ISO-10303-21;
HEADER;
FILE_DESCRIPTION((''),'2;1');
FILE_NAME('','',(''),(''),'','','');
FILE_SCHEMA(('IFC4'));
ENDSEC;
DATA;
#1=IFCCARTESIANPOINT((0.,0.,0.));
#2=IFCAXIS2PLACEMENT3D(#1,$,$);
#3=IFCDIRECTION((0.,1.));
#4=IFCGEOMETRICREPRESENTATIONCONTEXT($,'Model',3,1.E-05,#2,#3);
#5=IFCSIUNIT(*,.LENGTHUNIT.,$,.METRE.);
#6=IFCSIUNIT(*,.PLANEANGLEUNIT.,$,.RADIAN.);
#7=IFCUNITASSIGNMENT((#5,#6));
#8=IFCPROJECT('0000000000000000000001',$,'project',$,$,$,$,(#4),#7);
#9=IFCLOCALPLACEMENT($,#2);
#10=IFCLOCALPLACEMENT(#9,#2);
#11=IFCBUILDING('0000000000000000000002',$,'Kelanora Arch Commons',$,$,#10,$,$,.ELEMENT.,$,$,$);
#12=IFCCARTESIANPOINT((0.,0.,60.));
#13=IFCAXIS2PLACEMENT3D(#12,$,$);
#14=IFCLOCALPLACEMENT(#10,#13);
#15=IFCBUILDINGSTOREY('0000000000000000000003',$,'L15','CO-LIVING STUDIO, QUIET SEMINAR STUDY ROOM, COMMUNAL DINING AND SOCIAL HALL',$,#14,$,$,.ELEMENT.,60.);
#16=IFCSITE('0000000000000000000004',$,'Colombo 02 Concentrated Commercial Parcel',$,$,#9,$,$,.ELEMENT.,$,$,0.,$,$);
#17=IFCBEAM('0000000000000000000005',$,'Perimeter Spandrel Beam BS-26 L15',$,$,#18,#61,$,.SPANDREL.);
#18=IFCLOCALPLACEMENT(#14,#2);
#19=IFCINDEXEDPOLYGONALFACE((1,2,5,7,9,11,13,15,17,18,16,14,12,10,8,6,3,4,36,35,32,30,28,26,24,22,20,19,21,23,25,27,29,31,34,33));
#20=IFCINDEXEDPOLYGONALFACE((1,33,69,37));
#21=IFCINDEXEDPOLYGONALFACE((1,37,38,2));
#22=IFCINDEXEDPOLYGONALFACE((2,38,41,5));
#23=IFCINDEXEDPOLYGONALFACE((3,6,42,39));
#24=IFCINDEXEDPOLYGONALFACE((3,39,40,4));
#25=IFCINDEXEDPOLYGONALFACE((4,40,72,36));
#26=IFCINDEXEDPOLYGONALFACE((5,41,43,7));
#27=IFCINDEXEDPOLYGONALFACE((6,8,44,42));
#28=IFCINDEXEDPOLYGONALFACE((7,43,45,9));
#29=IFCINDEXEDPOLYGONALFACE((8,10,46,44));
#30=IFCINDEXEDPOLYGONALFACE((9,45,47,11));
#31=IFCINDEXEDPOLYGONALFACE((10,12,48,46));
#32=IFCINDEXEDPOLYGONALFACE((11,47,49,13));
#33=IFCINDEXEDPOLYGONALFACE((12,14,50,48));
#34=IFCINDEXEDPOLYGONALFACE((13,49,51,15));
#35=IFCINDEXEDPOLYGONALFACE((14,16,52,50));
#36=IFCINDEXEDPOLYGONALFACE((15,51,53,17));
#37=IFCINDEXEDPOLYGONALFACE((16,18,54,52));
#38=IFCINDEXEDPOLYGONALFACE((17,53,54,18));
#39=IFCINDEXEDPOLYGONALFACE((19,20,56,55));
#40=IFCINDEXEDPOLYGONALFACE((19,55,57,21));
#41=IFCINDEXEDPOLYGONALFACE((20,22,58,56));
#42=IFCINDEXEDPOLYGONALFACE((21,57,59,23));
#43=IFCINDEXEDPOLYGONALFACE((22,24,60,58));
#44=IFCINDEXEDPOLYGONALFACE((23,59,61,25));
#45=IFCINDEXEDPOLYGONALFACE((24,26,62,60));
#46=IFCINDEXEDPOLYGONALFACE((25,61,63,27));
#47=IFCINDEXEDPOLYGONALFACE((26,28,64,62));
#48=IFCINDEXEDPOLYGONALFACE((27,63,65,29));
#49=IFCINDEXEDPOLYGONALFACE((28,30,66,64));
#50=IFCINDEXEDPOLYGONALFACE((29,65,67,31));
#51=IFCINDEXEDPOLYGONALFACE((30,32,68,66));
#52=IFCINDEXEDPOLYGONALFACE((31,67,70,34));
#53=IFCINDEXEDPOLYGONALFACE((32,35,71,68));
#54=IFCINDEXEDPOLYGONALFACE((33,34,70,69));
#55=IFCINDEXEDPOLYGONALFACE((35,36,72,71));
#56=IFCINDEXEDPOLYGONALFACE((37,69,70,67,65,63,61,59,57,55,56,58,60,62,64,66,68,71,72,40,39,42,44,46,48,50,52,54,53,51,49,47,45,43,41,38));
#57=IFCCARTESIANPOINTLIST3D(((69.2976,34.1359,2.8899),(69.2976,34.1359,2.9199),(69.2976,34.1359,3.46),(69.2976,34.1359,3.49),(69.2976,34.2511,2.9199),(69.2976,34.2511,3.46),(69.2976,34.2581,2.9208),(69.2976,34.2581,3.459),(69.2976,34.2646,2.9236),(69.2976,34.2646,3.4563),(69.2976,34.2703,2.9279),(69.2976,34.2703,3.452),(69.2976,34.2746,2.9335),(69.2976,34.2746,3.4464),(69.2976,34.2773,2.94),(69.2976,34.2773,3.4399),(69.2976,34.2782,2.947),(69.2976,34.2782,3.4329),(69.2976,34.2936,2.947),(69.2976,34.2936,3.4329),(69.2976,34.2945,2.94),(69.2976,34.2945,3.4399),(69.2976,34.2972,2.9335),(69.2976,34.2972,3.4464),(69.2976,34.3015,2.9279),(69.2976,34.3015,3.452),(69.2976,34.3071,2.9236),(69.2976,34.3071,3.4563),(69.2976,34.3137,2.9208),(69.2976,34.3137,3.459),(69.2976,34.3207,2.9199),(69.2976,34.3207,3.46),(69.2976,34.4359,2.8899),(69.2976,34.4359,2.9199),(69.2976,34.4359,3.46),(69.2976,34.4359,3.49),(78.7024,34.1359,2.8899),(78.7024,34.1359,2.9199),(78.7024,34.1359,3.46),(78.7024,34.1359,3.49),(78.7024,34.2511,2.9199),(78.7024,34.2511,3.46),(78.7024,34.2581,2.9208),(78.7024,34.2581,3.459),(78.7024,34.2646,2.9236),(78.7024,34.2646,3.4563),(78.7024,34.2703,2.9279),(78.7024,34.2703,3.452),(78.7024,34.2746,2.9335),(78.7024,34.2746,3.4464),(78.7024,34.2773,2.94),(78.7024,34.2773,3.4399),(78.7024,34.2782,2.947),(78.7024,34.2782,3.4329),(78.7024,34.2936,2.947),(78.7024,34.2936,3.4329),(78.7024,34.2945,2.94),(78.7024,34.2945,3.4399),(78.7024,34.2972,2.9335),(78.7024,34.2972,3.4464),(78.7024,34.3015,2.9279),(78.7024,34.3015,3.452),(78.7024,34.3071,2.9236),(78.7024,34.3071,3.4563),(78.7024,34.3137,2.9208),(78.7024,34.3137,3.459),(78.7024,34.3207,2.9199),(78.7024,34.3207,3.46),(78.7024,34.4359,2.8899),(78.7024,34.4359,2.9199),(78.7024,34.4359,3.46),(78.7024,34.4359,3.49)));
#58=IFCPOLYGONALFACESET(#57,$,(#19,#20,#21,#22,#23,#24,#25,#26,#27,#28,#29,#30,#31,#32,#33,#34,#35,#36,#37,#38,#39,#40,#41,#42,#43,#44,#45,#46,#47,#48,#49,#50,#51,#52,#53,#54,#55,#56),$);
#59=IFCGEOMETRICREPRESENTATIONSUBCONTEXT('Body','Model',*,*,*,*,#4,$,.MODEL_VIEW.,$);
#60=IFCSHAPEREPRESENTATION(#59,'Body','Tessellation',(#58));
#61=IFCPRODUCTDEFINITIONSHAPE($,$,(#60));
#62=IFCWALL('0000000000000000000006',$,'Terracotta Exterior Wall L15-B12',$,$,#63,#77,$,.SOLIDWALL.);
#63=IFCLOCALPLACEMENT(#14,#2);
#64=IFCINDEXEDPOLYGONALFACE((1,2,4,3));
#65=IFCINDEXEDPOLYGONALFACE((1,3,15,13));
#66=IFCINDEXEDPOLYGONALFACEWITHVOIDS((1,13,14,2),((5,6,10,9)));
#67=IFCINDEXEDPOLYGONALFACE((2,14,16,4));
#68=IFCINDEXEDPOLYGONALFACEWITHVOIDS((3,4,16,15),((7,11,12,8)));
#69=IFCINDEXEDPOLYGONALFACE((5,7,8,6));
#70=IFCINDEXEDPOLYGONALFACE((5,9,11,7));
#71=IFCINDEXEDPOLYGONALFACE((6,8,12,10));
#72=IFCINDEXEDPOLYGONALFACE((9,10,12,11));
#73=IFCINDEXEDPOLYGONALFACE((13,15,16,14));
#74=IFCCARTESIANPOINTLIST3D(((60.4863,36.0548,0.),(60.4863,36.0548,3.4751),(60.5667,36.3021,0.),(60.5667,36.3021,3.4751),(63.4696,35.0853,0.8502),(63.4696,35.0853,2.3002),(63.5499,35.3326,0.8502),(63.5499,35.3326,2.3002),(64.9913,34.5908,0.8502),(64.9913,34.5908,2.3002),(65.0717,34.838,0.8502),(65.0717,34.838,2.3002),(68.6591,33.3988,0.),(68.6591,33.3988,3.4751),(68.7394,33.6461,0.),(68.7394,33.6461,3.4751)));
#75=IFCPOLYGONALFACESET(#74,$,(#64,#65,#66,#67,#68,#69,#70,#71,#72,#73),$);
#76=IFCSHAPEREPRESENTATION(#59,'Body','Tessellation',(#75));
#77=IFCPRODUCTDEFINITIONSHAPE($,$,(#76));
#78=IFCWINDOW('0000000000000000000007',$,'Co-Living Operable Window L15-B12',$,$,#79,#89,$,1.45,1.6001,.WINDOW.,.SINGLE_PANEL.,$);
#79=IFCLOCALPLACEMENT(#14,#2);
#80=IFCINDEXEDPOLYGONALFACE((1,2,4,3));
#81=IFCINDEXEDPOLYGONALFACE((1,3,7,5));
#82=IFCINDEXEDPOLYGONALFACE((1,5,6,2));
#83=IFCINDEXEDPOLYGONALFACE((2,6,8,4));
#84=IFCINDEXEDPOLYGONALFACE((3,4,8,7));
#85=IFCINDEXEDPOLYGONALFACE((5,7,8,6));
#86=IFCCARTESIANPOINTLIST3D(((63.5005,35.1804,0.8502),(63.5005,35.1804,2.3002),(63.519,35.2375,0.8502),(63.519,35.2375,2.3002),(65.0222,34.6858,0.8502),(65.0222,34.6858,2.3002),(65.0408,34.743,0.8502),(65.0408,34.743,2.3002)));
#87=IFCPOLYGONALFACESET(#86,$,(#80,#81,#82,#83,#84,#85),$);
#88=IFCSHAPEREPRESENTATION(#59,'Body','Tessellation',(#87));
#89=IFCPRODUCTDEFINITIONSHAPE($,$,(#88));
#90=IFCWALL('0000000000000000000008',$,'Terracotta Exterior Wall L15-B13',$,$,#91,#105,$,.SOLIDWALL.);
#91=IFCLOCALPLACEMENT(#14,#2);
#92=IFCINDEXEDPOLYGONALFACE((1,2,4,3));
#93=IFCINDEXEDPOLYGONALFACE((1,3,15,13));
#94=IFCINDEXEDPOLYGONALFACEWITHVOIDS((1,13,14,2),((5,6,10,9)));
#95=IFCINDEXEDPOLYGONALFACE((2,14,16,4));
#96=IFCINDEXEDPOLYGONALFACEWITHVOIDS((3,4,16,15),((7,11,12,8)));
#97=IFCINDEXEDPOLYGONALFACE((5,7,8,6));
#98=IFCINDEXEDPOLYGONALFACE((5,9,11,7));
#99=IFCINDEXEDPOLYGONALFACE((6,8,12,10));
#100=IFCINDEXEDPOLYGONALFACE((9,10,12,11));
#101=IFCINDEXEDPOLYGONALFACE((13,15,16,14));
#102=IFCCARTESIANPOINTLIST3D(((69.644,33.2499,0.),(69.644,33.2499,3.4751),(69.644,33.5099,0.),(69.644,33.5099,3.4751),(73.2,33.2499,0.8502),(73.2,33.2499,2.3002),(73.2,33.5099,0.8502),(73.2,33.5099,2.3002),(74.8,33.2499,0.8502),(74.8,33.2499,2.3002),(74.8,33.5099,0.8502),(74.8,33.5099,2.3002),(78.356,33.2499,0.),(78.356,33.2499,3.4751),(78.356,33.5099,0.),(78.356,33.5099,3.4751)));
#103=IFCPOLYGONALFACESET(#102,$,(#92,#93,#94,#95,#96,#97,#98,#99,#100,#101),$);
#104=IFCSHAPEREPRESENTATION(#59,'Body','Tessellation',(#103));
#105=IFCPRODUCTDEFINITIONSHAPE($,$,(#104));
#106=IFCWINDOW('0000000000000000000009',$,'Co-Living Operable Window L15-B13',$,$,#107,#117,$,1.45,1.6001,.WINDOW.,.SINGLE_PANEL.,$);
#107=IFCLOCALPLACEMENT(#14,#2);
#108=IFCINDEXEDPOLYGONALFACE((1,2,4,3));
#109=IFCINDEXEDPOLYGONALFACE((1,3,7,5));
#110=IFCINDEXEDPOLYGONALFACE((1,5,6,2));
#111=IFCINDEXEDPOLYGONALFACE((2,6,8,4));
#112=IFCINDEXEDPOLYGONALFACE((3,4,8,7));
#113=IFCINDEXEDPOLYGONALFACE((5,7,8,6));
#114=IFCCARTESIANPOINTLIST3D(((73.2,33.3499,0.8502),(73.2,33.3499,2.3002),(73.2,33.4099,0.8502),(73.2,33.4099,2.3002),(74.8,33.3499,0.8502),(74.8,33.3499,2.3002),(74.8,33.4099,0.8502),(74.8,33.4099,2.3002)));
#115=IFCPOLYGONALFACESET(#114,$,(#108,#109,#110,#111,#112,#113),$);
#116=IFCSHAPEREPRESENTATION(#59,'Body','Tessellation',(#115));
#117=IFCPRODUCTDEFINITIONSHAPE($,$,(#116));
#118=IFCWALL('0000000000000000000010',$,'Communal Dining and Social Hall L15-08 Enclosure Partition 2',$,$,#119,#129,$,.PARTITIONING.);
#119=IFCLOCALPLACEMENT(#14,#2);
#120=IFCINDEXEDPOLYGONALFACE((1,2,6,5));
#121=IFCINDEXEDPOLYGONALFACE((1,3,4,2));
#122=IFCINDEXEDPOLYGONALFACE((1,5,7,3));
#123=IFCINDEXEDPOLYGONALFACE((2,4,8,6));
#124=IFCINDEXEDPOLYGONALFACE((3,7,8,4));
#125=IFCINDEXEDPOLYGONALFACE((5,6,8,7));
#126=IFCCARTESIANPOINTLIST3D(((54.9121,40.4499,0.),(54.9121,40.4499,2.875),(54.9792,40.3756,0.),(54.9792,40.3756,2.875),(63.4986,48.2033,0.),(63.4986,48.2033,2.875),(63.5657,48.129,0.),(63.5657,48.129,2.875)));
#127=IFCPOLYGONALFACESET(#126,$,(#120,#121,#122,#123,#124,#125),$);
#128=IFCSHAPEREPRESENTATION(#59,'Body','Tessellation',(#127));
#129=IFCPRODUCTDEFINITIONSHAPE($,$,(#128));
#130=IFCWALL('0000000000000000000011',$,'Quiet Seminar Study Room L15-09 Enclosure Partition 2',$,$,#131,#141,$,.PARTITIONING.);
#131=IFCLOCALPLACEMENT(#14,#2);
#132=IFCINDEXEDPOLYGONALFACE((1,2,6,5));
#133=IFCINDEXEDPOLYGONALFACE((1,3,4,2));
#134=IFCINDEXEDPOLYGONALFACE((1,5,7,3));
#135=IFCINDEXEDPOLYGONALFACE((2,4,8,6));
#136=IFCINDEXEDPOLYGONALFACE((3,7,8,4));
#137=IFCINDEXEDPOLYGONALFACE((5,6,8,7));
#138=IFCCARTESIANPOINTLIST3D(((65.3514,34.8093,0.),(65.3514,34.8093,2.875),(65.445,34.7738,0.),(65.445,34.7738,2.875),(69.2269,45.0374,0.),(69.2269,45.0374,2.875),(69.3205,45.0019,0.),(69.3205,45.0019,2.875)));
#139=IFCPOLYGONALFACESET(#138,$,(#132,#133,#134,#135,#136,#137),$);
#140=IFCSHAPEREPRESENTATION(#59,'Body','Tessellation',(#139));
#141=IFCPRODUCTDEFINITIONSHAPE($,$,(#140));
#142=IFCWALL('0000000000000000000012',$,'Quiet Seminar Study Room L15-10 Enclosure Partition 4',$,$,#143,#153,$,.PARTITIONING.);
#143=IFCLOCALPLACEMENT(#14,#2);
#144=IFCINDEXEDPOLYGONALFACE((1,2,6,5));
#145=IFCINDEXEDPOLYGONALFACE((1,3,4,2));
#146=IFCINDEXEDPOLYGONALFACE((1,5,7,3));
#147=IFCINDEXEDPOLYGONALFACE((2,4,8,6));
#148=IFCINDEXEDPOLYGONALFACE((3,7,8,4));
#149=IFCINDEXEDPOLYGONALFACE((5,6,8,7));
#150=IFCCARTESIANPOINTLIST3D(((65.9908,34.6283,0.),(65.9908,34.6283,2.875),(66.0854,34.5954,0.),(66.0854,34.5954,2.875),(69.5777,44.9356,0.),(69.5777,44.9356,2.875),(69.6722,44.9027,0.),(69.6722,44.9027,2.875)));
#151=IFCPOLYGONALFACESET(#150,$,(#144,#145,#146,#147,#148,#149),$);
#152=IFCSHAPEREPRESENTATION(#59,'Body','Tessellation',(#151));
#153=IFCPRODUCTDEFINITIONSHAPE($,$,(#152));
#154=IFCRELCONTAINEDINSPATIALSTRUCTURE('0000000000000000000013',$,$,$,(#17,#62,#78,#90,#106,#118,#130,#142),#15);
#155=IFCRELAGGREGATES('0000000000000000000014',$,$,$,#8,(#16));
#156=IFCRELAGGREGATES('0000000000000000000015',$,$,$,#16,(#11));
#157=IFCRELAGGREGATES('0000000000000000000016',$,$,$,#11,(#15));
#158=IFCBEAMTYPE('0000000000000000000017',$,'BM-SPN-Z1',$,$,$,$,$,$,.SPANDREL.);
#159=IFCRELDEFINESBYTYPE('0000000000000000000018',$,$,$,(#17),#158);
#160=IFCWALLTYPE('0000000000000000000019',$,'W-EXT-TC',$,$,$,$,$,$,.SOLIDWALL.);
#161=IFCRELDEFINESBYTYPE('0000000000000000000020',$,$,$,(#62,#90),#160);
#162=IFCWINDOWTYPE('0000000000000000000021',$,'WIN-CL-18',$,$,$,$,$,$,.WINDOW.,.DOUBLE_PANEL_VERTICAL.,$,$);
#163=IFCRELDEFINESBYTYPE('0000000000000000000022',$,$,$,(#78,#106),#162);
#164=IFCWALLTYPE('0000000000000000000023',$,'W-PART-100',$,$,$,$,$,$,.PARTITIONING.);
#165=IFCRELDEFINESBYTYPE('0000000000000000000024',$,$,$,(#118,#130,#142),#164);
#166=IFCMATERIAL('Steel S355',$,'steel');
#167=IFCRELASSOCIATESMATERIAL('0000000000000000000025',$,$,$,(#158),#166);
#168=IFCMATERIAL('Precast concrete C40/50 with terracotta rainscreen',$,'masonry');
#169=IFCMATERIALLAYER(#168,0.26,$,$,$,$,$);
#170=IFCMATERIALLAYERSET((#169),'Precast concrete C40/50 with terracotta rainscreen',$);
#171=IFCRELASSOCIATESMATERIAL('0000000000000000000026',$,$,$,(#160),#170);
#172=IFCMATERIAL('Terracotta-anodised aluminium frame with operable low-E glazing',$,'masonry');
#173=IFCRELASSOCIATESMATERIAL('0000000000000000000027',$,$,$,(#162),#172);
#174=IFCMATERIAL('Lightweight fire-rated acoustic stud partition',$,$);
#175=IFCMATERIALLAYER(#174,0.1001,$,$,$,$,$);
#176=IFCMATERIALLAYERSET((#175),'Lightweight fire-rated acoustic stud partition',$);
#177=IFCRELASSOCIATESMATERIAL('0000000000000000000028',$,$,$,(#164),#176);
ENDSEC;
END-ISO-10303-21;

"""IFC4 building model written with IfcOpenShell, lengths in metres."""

from ifc_helpers import new_model, si_unit, direction, frame, frame_2d, origin, origin_2d, place, context, subcontext, project, spatial, rectangle, i_section, extrude, material, layer, layer_set, material_profile, profile_set, type_object, element, fill, save


model = new_model("IFC4")

# Units and contexts
model_context = context("Model", 3, precision=1e-05, world=origin(), true_north=direction((0.0, 1.0)))
body_context = subcontext(model_context, "Body", "Model", "MODEL_VIEW")
ifc_project = project(units=[si_unit("LENGTHUNIT", "METRE"), si_unit("PLANEANGLEUNIT", "RADIAN")], contexts=[model_context])

# Site, building, storey
site_placement = place(None, origin())
site = spatial("IfcSite", under=ifc_project, at=site_placement, Name="Colombo 02 Concentrated Commercial Parcel", CompositionType="ELEMENT", RefElevation=0.0)
building_placement = place(site_placement, origin())
building = spatial("IfcBuilding", under=site, at=building_placement, Name="Kelanora Arch Commons", CompositionType="ELEMENT")
storey_placement = place(building_placement, frame((0.0, 0.0, 60.0)))
storey = spatial("IfcBuildingStorey", under=building, at=storey_placement, Name="L15", Description="CO-LIVING STUDIO, QUIET SEMINAR STUDY ROOM, COMMUNAL DINING AND SOCIAL HALL", CompositionType="ELEMENT", Elevation=60.0)

# Beam
ifc_material_1 = material(Name="Steel S355", Category="steel")
ifc_material_profile_1 = material_profile(ifc_material_1, i_section(OverallWidth=0.3, OverallDepth=0.6001, WebThickness=0.0154, FlangeThickness=0.03, FilletRadius=0.0271, at=origin_2d()), Name="HEB600")
ifc_profile_set_1 = profile_set([ifc_material_profile_1], Name="Steel S355")
beam_type_1 = type_object("IfcBeamType", Name="BM-SPN-Z1", PredefinedType="SPANDREL", material=ifc_profile_set_1)
beam_1_placement = place(storey_placement, frame((69.2976, 34.2859, 3.1899), z_axis=(1.0, 0.0, 0.0), x_axis=(0.0, 1.0, 0.0)))
element("IfcBeam", 1, at=beam_1_placement, inside=storey, type_object=beam_type_1, Name="Perimeter Spandrel Beam BS-26 L15", PredefinedType="SPANDREL", context=body_context, shape_type="SweptSolid", body=[
    extrude(i_section(OverallWidth=0.3, OverallDepth=0.6001, WebThickness=0.0154, FlangeThickness=0.03, FilletRadius=0.0271, at=origin_2d()), origin(), (0.0, 0.0, 1.0), 9.4048),
])

# Walls, openings, windows
ifc_material_2 = material(Name="Precast concrete C40/50 with terracotta rainscreen", Category="masonry")
ifc_layer_1 = layer(ifc_material_2, 0.26)
ifc_layer_set_1 = layer_set([ifc_layer_1], Name="Precast concrete C40/50 with terracotta rainscreen")
wall_type_1 = type_object("IfcWallType", Name="W-EXT-TC", PredefinedType="SOLIDWALL", material=ifc_layer_set_1)
wall_1_placement = place(storey_placement, frame((60.5264, 36.1785, 0.0), z_axis=(0.0, 0.0, 1.0), x_axis=(0.95104, -0.309068, 0.0)))
wall_1 = element("IfcWall", 2, at=wall_1_placement, inside=storey, type_object=wall_type_1, Name="Terracotta Exterior Wall L15-B12", PredefinedType="SOLIDWALL", context=body_context, shape_type="SweptSolid", body=[
    extrude(rectangle(XDim=8.5935, YDim=0.26, at=frame_2d((4.2969, 0.0))), origin(), (0.0, 0.0, 1.0), 3.4751),
])
opening_1_placement = place(wall_1_placement, frame((3.137, 0.0, 0.8501)))
opening_1 = element("IfcOpeningElement", 3, at=opening_1_placement, cuts=wall_1, PredefinedType="OPENING", context=body_context, shape_type="SweptSolid", body=[
    extrude(rectangle(XDim=1.6001, YDim=1.45, at=frame_2d((0.8, 0.7251))), frame((0.0, 0.1401, 0.0), z_axis=(0.0, -1.0, 0.0), x_axis=(1.0, 0.0, 0.0)), (0.0, 0.0, 1.0), 0.28),
])
ifc_material_3 = material(Name="Terracotta-anodised aluminium frame with operable low-E glazing", Category="masonry")
window_type = type_object("IfcWindowType", Name="WIN-CL-18", PartitioningType="DOUBLE_PANEL_VERTICAL", PredefinedType="WINDOW", material=ifc_material_3)
window_1_placement = place(opening_1_placement, origin())
window_1 = element("IfcWindow", 4, at=window_1_placement, inside=storey, type_object=window_type, Name="Co-Living Operable Window L15-B12", OverallHeight=1.45, OverallWidth=1.6001, PartitioningType="SINGLE_PANEL", PredefinedType="WINDOW", context=body_context, shape_type="SweptSolid", body=[
    extrude(rectangle(XDim=1.6001, YDim=1.45, at=frame_2d((0.8, 0.7251))), frame((0.0, 0.03, 0.0), z_axis=(0.0, -1.0, 0.0), x_axis=(1.0, 0.0, 0.0)), (0.0, 0.0, 1.0), 0.0601),
])
fill(opening_1, window_1)
wall_2_placement = place(storey_placement, frame((69.644, 33.3799, 0.0), z_axis=(0.0, 0.0, 1.0), x_axis=(1.0, 0.0, 0.0)))
wall_2 = element("IfcWall", 5, at=wall_2_placement, inside=storey, type_object=wall_type_1, Name="Terracotta Exterior Wall L15-B13", PredefinedType="SOLIDWALL", context=body_context, shape_type="SweptSolid", body=[
    extrude(rectangle(XDim=8.7119, YDim=0.26, at=frame_2d((4.356, 0.0))), origin(), (0.0, 0.0, 1.0), 3.4751),
])
opening_2_placement = place(wall_2_placement, frame((3.5559, 0.0, 0.8501)))
opening_2 = element("IfcOpeningElement", 6, at=opening_2_placement, cuts=wall_2, PredefinedType="OPENING", context=body_context, shape_type="SweptSolid", body=[
    extrude(rectangle(XDim=1.6001, YDim=1.45, at=frame_2d((0.8, 0.7251))), frame((0.0, 0.1401, 0.0), z_axis=(0.0, -1.0, 0.0), x_axis=(1.0, 0.0, 0.0)), (0.0, 0.0, 1.0), 0.28),
])
window_2_placement = place(opening_2_placement, origin())
window_2 = element("IfcWindow", 7, at=window_2_placement, inside=storey, type_object=window_type, Name="Co-Living Operable Window L15-B13", OverallHeight=1.45, OverallWidth=1.6001, PartitioningType="SINGLE_PANEL", PredefinedType="WINDOW", context=body_context, shape_type="SweptSolid", body=[
    extrude(rectangle(XDim=1.6001, YDim=1.45, at=frame_2d((0.8, 0.7251))), frame((0.0, 0.03, 0.0), z_axis=(0.0, -1.0, 0.0), x_axis=(1.0, 0.0, 0.0)), (0.0, 0.0, 1.0), 0.0601),
])
fill(opening_2, window_2)

# Walls
ifc_material_4 = material(Name="Lightweight fire-rated acoustic stud partition")
ifc_layer_2 = layer(ifc_material_4, 0.1001)
ifc_layer_set_2 = layer_set([ifc_layer_2], Name="Lightweight fire-rated acoustic stud partition")
wall_type_2 = type_object("IfcWallType", Name="W-PART-100", PredefinedType="PARTITIONING", material=ifc_layer_set_2)
wall_3_placement = place(storey_placement, frame((63.5322, 48.1663, 0.0), z_axis=(0.0, 0.0, 1.0), x_axis=(-0.742191, -0.670188, 0.0)))
element("IfcWall", 8, at=wall_3_placement, inside=storey, type_object=wall_type_2, Name="Communal Dining and Social Hall L15-08 Enclosure Partition 2", PredefinedType="PARTITIONING", context=body_context, shape_type="SweptSolid", body=[
    extrude(rectangle(XDim=11.5691, YDim=0.1001, at=frame_2d((5.7847, 0.0))), origin(), (0.0, 0.0, 1.0), 2.875),
])
wall_4_placement = place(storey_placement, frame((69.2737, 45.0195, 0.0), z_axis=(0.0, 0.0, 1.0), x_axis=(-0.354326, -0.935122, 0.0)))
element("IfcWall", 9, at=wall_4_placement, inside=storey, type_object=wall_type_2, Name="Quiet Seminar Study Room L15-09 Enclosure Partition 2", PredefinedType="PARTITIONING", context=body_context, shape_type="SweptSolid", body=[
    extrude(rectangle(XDim=10.9377, YDim=0.1001, at=frame_2d((5.4688, 0.0))), origin(), (0.0, 0.0, 1.0), 2.875),
])
wall_5_placement = place(storey_placement, frame((66.0381, 34.6118, 0.0), z_axis=(0.0, 0.0, 1.0), x_axis=(0.328663, 0.944447, 0.0)))
element("IfcWall", 10, at=wall_5_placement, inside=storey, type_object=wall_type_2, Name="Quiet Seminar Study Room L15-10 Enclosure Partition 4", PredefinedType="PARTITIONING", context=body_context, shape_type="SweptSolid", body=[
    extrude(rectangle(XDim=10.9136, YDim=0.1001, at=frame_2d((5.4568, 0.0))), origin(), (0.0, 0.0, 1.0), 2.875),
])

save(model, "model.ifc")
